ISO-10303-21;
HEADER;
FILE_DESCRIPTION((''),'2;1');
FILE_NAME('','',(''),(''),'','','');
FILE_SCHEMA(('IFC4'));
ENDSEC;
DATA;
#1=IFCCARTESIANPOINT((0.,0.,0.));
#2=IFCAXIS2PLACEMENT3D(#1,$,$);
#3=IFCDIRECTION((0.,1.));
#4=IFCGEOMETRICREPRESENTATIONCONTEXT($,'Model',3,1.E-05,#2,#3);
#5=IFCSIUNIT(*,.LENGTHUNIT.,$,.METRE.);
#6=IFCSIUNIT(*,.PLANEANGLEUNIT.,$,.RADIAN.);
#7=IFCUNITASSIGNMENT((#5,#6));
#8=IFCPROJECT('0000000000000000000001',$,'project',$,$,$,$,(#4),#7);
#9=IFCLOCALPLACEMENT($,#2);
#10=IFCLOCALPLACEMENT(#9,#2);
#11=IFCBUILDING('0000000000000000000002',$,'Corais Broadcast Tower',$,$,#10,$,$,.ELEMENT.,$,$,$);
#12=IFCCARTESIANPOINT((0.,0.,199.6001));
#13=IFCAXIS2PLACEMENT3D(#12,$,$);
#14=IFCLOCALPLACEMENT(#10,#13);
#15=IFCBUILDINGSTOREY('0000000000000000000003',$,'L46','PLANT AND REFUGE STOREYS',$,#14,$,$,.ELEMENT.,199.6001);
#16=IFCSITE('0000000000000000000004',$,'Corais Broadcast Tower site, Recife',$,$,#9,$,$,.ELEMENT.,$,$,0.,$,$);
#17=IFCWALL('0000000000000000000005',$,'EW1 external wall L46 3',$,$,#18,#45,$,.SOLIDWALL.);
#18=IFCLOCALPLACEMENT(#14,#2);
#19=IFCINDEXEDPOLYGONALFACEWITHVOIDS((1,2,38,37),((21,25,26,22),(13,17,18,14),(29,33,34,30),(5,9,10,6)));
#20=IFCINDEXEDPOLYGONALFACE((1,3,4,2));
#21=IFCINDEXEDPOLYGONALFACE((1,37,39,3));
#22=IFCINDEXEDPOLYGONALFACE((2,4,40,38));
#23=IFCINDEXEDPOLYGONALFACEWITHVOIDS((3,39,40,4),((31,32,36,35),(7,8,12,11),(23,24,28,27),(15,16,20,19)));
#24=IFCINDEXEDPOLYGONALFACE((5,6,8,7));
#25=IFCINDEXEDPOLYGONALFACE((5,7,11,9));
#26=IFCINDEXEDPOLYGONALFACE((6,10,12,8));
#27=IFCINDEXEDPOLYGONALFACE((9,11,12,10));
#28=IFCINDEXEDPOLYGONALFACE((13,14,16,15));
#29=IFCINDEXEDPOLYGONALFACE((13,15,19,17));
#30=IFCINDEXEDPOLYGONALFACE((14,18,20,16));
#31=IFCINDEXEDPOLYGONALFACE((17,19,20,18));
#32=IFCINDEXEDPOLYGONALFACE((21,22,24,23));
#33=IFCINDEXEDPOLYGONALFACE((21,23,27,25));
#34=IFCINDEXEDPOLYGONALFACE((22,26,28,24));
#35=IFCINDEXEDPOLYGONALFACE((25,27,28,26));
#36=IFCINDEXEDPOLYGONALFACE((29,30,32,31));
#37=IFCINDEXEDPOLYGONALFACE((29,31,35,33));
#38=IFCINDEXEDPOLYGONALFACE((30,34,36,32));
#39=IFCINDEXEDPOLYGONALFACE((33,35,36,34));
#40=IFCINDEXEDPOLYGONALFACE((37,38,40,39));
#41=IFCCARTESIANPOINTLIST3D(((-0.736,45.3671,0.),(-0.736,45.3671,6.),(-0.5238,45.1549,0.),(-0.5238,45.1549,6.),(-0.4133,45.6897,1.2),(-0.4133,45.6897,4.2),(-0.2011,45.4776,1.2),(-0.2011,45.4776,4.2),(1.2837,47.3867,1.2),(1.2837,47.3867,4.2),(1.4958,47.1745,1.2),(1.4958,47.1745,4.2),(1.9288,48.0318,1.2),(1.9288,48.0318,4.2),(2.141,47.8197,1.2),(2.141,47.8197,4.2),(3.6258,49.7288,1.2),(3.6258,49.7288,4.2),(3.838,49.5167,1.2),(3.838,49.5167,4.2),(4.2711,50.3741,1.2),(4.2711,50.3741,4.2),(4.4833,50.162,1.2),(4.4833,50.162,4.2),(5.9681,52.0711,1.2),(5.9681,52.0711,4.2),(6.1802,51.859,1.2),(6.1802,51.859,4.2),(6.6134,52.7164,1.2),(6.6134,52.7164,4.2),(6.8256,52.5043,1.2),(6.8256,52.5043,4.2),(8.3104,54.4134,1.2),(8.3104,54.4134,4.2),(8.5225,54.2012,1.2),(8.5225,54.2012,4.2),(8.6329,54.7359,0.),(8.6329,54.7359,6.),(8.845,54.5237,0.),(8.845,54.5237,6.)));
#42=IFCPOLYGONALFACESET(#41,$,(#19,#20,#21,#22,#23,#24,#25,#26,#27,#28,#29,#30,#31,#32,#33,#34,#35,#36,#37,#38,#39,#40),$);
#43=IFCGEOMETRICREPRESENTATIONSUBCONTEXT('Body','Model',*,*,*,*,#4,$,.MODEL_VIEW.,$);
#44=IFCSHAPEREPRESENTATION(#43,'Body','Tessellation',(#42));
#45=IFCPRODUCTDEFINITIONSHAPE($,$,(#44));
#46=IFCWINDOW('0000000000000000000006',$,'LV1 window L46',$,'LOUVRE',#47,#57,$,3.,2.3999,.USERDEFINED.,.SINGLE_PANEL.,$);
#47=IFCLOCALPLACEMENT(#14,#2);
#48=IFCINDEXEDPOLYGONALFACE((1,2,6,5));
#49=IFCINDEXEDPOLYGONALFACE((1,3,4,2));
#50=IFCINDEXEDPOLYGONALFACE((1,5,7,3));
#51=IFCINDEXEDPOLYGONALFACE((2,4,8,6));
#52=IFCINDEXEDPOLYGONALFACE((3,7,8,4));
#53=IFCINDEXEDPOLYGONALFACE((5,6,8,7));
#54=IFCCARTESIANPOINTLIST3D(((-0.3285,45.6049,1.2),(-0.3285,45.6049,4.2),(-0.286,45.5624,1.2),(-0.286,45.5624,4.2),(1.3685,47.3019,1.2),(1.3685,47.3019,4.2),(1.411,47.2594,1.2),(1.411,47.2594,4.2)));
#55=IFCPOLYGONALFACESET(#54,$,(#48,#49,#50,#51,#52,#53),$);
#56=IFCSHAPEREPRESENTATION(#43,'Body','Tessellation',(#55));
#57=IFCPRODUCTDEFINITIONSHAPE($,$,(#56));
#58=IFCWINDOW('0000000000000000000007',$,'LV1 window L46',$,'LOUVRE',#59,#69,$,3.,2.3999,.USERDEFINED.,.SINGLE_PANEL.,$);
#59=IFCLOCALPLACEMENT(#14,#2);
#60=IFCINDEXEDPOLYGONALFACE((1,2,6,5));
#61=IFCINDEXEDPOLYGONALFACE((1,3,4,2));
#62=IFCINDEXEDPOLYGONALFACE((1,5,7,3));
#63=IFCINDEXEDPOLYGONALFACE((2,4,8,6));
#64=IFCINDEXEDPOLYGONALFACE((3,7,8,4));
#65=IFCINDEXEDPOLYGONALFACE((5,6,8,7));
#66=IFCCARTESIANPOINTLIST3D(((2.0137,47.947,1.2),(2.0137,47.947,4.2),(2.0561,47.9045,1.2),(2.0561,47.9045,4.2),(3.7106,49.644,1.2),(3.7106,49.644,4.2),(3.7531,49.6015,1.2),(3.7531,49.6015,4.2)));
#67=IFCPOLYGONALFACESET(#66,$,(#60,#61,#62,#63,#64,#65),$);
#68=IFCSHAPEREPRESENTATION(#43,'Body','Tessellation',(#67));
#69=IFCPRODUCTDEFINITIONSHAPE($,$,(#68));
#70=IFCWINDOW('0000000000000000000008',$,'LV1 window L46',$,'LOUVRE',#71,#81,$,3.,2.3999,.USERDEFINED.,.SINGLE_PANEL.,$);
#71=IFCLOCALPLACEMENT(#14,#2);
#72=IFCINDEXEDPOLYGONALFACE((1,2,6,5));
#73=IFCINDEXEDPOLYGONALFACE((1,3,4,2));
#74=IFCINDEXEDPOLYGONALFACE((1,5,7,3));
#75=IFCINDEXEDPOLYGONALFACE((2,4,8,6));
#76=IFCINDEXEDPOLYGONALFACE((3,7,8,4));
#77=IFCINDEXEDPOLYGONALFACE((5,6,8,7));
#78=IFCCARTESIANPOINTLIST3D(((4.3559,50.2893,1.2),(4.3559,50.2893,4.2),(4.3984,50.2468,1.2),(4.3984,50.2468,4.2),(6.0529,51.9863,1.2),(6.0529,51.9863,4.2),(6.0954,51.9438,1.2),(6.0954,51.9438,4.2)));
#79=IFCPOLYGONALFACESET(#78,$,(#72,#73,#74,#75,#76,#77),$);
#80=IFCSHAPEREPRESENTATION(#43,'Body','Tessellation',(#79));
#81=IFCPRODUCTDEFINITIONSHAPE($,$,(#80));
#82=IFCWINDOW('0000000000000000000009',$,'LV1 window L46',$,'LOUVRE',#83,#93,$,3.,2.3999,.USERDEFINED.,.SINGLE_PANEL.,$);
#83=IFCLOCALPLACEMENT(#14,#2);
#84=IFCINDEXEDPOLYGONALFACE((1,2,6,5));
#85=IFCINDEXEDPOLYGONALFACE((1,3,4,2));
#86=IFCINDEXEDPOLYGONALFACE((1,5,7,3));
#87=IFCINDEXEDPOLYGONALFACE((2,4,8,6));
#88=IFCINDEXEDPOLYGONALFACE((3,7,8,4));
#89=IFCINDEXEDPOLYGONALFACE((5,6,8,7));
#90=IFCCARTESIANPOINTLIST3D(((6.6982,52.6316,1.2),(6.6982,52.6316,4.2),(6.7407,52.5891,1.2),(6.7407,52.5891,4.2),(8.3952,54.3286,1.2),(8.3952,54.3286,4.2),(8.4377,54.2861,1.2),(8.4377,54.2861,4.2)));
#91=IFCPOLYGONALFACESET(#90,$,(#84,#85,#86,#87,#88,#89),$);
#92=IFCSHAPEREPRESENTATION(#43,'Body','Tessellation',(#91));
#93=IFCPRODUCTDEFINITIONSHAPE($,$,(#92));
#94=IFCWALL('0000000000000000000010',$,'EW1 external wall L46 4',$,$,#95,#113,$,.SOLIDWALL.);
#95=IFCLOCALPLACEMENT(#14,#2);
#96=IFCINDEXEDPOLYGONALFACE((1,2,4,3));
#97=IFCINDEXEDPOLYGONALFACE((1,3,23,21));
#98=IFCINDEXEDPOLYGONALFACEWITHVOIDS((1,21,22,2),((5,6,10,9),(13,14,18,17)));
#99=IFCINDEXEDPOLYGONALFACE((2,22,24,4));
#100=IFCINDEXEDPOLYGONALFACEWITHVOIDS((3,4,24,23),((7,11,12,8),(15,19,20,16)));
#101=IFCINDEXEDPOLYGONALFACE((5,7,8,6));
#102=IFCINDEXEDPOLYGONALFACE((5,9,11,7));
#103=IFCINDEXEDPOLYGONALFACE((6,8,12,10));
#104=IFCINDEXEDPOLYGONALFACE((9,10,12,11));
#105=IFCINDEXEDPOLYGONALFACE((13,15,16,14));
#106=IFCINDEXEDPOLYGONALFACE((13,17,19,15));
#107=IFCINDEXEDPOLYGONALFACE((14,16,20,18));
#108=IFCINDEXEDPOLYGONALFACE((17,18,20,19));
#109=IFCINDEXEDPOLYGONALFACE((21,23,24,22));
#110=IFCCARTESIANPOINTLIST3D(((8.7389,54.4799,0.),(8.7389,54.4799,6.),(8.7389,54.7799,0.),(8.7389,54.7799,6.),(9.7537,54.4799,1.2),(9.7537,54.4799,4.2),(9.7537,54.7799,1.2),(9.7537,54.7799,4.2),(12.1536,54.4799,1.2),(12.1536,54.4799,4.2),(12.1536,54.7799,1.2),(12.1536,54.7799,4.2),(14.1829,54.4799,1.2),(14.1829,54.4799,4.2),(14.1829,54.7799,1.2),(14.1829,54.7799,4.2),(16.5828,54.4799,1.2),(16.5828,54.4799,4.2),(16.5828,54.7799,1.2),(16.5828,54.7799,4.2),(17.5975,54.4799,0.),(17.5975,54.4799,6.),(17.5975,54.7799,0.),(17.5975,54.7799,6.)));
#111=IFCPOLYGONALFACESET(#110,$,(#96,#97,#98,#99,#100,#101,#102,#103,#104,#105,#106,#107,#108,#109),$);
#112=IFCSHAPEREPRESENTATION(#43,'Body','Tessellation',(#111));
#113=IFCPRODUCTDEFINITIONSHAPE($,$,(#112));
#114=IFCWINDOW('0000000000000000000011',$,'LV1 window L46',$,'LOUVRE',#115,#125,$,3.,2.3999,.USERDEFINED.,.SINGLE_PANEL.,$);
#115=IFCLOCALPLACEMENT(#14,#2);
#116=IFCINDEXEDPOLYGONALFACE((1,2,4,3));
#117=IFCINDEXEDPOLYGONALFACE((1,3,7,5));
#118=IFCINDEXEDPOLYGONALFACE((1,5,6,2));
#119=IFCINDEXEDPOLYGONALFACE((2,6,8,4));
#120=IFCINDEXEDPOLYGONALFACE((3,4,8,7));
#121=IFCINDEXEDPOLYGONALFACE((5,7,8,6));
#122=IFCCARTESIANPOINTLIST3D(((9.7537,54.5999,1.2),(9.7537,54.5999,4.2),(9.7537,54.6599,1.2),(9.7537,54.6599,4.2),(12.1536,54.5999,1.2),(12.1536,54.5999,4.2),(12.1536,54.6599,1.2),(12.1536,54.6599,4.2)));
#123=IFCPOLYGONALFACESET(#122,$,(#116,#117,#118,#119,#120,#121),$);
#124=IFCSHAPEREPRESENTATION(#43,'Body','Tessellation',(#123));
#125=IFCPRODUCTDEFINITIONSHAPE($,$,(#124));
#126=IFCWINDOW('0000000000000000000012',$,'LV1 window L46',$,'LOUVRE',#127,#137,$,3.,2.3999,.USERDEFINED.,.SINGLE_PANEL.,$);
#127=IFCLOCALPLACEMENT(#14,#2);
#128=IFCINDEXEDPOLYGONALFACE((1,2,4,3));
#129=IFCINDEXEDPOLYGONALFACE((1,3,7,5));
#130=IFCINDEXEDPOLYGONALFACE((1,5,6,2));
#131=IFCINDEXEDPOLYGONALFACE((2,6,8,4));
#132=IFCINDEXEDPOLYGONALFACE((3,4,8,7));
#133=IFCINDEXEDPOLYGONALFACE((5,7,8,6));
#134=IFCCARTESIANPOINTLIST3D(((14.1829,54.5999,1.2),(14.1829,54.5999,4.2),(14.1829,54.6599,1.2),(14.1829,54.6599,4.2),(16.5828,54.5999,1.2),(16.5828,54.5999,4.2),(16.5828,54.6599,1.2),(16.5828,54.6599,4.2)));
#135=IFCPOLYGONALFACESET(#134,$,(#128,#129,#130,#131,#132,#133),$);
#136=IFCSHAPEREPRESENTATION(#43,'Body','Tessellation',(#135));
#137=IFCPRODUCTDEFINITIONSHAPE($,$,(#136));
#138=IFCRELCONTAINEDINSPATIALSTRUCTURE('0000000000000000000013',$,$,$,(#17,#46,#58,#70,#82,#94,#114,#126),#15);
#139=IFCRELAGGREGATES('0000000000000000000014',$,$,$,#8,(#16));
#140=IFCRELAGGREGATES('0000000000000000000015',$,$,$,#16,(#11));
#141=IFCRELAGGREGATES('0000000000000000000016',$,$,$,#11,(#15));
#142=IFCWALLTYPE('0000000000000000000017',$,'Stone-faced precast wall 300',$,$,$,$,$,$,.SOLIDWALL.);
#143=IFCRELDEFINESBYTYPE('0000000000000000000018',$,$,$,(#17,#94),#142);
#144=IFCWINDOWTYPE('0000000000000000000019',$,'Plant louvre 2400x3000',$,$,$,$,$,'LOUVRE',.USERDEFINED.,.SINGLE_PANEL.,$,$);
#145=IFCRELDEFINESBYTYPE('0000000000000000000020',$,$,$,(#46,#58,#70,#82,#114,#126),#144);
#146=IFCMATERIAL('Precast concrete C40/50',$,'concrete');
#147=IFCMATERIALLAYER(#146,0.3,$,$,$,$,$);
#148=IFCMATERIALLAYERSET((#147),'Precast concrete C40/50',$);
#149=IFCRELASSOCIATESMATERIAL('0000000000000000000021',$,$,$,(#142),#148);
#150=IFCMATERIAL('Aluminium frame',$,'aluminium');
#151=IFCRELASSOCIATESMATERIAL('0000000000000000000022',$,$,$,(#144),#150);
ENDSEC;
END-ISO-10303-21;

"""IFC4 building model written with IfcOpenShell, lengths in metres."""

from ifc_helpers import new_model, si_unit, direction, frame, frame_2d, origin, place, context, subcontext, project, spatial, rectangle, extrude, material, layer, layer_set, type_object, element, fill, save


model = new_model("IFC4")

# Units and contexts
model_context = context("Model", 3, precision=1e-05, world=origin(), true_north=direction((0.0, 1.0)))
body_context = subcontext(model_context, "Body", "Model", "MODEL_VIEW")
ifc_project = project(units=[si_unit("LENGTHUNIT", "METRE"), si_unit("PLANEANGLEUNIT", "RADIAN")], contexts=[model_context])

# Site, building, storey
site_placement = place(None, origin())
site = spatial("IfcSite", under=ifc_project, at=site_placement, Name="Corais Broadcast Tower site, Recife", CompositionType="ELEMENT", RefElevation=0.0)
building_placement = place(site_placement, origin())
building = spatial("IfcBuilding", under=site, at=building_placement, Name="Corais Broadcast Tower", CompositionType="ELEMENT")
storey_placement = place(building_placement, frame((0.0, 0.0, 199.6001)))
storey = spatial("IfcBuildingStorey", under=building, at=storey_placement, Name="L46", Description="PLANT AND REFUGE STOREYS", CompositionType="ELEMENT", Elevation=199.6001)

# Walls, openings, windows
ifc_material_1 = material(Name="Precast concrete C40/50", Category="concrete")
ifc_layer_1 = layer(ifc_material_1, 0.3)
ifc_layer_set_1 = layer_set([ifc_layer_1], Name="Precast concrete C40/50")
wall_type_1 = type_object("IfcWallType", Name="Stone-faced precast wall 300", PredefinedType="SOLIDWALL", material=ifc_layer_set_1)
wall_1_placement = place(storey_placement, frame((-0.6299, 45.261, 0.0), z_axis=(0.0, 0.0, 1.0), x_axis=(0.707107, 0.707107, 0.0)))
wall_1 = element("IfcWall", 1, at=wall_1_placement, inside=storey, type_object=wall_type_1, Name="EW1 external wall L46 3", PredefinedType="SOLIDWALL", context=body_context, shape_type="SweptSolid", body=[
    extrude(rectangle(XDim=13.2495, YDim=0.3, at=frame_2d((6.6248, 0.0))), origin(), (0.0, 0.0, 1.0), 6.0),
])
opening_1_placement = place(wall_1_placement, frame((0.4563, 0.0, 1.2)))
opening_1 = element("IfcOpeningElement", 2, at=opening_1_placement, cuts=wall_1, PredefinedType="OPENING", context=body_context, shape_type="SweptSolid", body=[
    extrude(rectangle(XDim=2.3999, YDim=3.0, at=frame_2d((1.2, 1.5))), frame((0.0, 0.1599, 0.0), z_axis=(0.0, -1.0, 0.0), x_axis=(1.0, 0.0, 0.0)), (0.0, 0.0, 1.0), 0.3201),
])
opening_2_placement = place(wall_1_placement, frame((3.7686, 0.0, 1.2)))
opening_2 = element("IfcOpeningElement", 3, at=opening_2_placement, cuts=wall_1, PredefinedType="OPENING", context=body_context, shape_type="SweptSolid", body=[
    extrude(rectangle(XDim=2.3999, YDim=3.0, at=frame_2d((1.2, 1.5))), frame((0.0, 0.1599, 0.0), z_axis=(0.0, -1.0, 0.0), x_axis=(1.0, 0.0, 0.0)), (0.0, 0.0, 1.0), 0.3201),
])
opening_3_placement = place(wall_1_placement, frame((7.0811, 0.0, 1.2)))
opening_3 = element("IfcOpeningElement", 4, at=opening_3_placement, cuts=wall_1, PredefinedType="OPENING", context=body_context, shape_type="SweptSolid", body=[
    extrude(rectangle(XDim=2.3999, YDim=3.0, at=frame_2d((1.2, 1.5))), frame((0.0, 0.1599, 0.0), z_axis=(0.0, -1.0, 0.0), x_axis=(1.0, 0.0, 0.0)), (0.0, 0.0, 1.0), 0.3201),
])
opening_4_placement = place(wall_1_placement, frame((10.3936, 0.0, 1.2)))
opening_4 = element("IfcOpeningElement", 5, at=opening_4_placement, cuts=wall_1, PredefinedType="OPENING", context=body_context, shape_type="SweptSolid", body=[
    extrude(rectangle(XDim=2.3999, YDim=3.0, at=frame_2d((1.2, 1.5))), frame((0.0, 0.1599, 0.0), z_axis=(0.0, -1.0, 0.0), x_axis=(1.0, 0.0, 0.0)), (0.0, 0.0, 1.0), 0.3201),
])
ifc_material_2 = material(Name="Aluminium frame", Category="aluminium")
window_type = type_object("IfcWindowType", Name="Plant louvre 2400x3000", ElementType="LOUVRE", PartitioningType="SINGLE_PANEL", PredefinedType="USERDEFINED", material=ifc_material_2)
window_1_placement = place(opening_1_placement, origin())
window_1 = element("IfcWindow", 6, at=window_1_placement, inside=storey, type_object=window_type, Name="LV1 window L46", ObjectType="LOUVRE", OverallHeight=3.0, OverallWidth=2.3999, PartitioningType="SINGLE_PANEL", PredefinedType="USERDEFINED", context=body_context, shape_type="SweptSolid", body=[
    extrude(rectangle(XDim=2.3999, YDim=3.0, at=frame_2d((1.2, 1.5))), frame((0.0, 0.03, 0.0), z_axis=(0.0, -1.0, 0.0), x_axis=(1.0, 0.0, 0.0)), (0.0, 0.0, 1.0), 0.0601),
])
fill(opening_1, window_1)
window_2_placement = place(opening_2_placement, origin())
window_2 = element("IfcWindow", 7, at=window_2_placement, inside=storey, type_object=window_type, Name="LV1 window L46", ObjectType="LOUVRE", OverallHeight=3.0, OverallWidth=2.3999, PartitioningType="SINGLE_PANEL", PredefinedType="USERDEFINED", context=body_context, shape_type="SweptSolid", body=[
    extrude(rectangle(XDim=2.3999, YDim=3.0, at=frame_2d((1.2, 1.5))), frame((0.0, 0.03, 0.0), z_axis=(0.0, -1.0, 0.0), x_axis=(1.0, 0.0, 0.0)), (0.0, 0.0, 1.0), 0.0601),
])
fill(opening_2, window_2)
window_3_placement = place(opening_3_placement, origin())
window_3 = element("IfcWindow", 8, at=window_3_placement, inside=storey, type_object=window_type, Name="LV1 window L46", ObjectType="LOUVRE", OverallHeight=3.0, OverallWidth=2.3999, PartitioningType="SINGLE_PANEL", PredefinedType="USERDEFINED", context=body_context, shape_type="SweptSolid", body=[
    extrude(rectangle(XDim=2.3999, YDim=3.0, at=frame_2d((1.2, 1.5))), frame((0.0, 0.03, 0.0), z_axis=(0.0, -1.0, 0.0), x_axis=(1.0, 0.0, 0.0)), (0.0, 0.0, 1.0), 0.0601),
])
fill(opening_3, window_3)
window_4_placement = place(opening_4_placement, origin())
window_4 = element("IfcWindow", 9, at=window_4_placement, inside=storey, type_object=window_type, Name="LV1 window L46", ObjectType="LOUVRE", OverallHeight=3.0, OverallWidth=2.3999, PartitioningType="SINGLE_PANEL", PredefinedType="USERDEFINED", context=body_context, shape_type="SweptSolid", body=[
    extrude(rectangle(XDim=2.3999, YDim=3.0, at=frame_2d((1.2, 1.5))), frame((0.0, 0.03, 0.0), z_axis=(0.0, -1.0, 0.0), x_axis=(1.0, 0.0, 0.0)), (0.0, 0.0, 1.0), 0.0601),
])
fill(opening_4, window_4)
wall_2_placement = place(storey_placement, frame((8.739, 54.6299, 0.0), z_axis=(0.0, 0.0, 1.0), x_axis=(1.0, 0.0, 0.0)))
wall_2 = element("IfcWall", 10, at=wall_2_placement, inside=storey, type_object=wall_type_1, Name="EW1 external wall L46 4", PredefinedType="SOLIDWALL", context=body_context, shape_type="SweptSolid", body=[
    extrude(rectangle(XDim=8.8586, YDim=0.3, at=frame_2d((4.4292, 0.0))), origin(), (0.0, 0.0, 1.0), 6.0),
])
opening_5_placement = place(wall_2_placement, frame((1.0146, 0.0, 1.2)))
opening_5 = element("IfcOpeningElement", 11, at=opening_5_placement, cuts=wall_2, PredefinedType="OPENING", context=body_context, shape_type="SweptSolid", body=[
    extrude(rectangle(XDim=2.3999, YDim=3.0, at=frame_2d((1.2, 1.5))), frame((0.0, 0.1599, 0.0), z_axis=(0.0, -1.0, 0.0), x_axis=(1.0, 0.0, 0.0)), (0.0, 0.0, 1.0), 0.3201),
])
opening_6_placement = place(wall_2_placement, frame((5.4438, 0.0, 1.2)))
opening_6 = element("IfcOpeningElement", 12, at=opening_6_placement, cuts=wall_2, PredefinedType="OPENING", context=body_context, shape_type="SweptSolid", body=[
    extrude(rectangle(XDim=2.3999, YDim=3.0, at=frame_2d((1.2, 1.5))), frame((0.0, 0.1599, 0.0), z_axis=(0.0, -1.0, 0.0), x_axis=(1.0, 0.0, 0.0)), (0.0, 0.0, 1.0), 0.3201),
])
window_5_placement = place(opening_5_placement, origin())
window_5 = element("IfcWindow", 13, at=window_5_placement, inside=storey, type_object=window_type, Name="LV1 window L46", ObjectType="LOUVRE", OverallHeight=3.0, OverallWidth=2.3999, PartitioningType="SINGLE_PANEL", PredefinedType="USERDEFINED", context=body_context, shape_type="SweptSolid", body=[
    extrude(rectangle(XDim=2.3999, YDim=3.0, at=frame_2d((1.2, 1.5))), frame((0.0, 0.03, 0.0), z_axis=(0.0, -1.0, 0.0), x_axis=(1.0, 0.0, 0.0)), (0.0, 0.0, 1.0), 0.0601),
])
fill(opening_5, window_5)
window_6_placement = place(opening_6_placement, origin())
window_6 = element("IfcWindow", 14, at=window_6_placement, inside=storey, type_object=window_type, Name="LV1 window L46", ObjectType="LOUVRE", OverallHeight=3.0, OverallWidth=2.3999, PartitioningType="SINGLE_PANEL", PredefinedType="USERDEFINED", context=body_context, shape_type="SweptSolid", body=[
    extrude(rectangle(XDim=2.3999, YDim=3.0, at=frame_2d((1.2, 1.5))), frame((0.0, 0.03, 0.0), z_axis=(0.0, -1.0, 0.0), x_axis=(1.0, 0.0, 0.0)), (0.0, 0.0, 1.0), 0.0601),
])
fill(opening_6, window_6)

save(model, "model.ifc")
